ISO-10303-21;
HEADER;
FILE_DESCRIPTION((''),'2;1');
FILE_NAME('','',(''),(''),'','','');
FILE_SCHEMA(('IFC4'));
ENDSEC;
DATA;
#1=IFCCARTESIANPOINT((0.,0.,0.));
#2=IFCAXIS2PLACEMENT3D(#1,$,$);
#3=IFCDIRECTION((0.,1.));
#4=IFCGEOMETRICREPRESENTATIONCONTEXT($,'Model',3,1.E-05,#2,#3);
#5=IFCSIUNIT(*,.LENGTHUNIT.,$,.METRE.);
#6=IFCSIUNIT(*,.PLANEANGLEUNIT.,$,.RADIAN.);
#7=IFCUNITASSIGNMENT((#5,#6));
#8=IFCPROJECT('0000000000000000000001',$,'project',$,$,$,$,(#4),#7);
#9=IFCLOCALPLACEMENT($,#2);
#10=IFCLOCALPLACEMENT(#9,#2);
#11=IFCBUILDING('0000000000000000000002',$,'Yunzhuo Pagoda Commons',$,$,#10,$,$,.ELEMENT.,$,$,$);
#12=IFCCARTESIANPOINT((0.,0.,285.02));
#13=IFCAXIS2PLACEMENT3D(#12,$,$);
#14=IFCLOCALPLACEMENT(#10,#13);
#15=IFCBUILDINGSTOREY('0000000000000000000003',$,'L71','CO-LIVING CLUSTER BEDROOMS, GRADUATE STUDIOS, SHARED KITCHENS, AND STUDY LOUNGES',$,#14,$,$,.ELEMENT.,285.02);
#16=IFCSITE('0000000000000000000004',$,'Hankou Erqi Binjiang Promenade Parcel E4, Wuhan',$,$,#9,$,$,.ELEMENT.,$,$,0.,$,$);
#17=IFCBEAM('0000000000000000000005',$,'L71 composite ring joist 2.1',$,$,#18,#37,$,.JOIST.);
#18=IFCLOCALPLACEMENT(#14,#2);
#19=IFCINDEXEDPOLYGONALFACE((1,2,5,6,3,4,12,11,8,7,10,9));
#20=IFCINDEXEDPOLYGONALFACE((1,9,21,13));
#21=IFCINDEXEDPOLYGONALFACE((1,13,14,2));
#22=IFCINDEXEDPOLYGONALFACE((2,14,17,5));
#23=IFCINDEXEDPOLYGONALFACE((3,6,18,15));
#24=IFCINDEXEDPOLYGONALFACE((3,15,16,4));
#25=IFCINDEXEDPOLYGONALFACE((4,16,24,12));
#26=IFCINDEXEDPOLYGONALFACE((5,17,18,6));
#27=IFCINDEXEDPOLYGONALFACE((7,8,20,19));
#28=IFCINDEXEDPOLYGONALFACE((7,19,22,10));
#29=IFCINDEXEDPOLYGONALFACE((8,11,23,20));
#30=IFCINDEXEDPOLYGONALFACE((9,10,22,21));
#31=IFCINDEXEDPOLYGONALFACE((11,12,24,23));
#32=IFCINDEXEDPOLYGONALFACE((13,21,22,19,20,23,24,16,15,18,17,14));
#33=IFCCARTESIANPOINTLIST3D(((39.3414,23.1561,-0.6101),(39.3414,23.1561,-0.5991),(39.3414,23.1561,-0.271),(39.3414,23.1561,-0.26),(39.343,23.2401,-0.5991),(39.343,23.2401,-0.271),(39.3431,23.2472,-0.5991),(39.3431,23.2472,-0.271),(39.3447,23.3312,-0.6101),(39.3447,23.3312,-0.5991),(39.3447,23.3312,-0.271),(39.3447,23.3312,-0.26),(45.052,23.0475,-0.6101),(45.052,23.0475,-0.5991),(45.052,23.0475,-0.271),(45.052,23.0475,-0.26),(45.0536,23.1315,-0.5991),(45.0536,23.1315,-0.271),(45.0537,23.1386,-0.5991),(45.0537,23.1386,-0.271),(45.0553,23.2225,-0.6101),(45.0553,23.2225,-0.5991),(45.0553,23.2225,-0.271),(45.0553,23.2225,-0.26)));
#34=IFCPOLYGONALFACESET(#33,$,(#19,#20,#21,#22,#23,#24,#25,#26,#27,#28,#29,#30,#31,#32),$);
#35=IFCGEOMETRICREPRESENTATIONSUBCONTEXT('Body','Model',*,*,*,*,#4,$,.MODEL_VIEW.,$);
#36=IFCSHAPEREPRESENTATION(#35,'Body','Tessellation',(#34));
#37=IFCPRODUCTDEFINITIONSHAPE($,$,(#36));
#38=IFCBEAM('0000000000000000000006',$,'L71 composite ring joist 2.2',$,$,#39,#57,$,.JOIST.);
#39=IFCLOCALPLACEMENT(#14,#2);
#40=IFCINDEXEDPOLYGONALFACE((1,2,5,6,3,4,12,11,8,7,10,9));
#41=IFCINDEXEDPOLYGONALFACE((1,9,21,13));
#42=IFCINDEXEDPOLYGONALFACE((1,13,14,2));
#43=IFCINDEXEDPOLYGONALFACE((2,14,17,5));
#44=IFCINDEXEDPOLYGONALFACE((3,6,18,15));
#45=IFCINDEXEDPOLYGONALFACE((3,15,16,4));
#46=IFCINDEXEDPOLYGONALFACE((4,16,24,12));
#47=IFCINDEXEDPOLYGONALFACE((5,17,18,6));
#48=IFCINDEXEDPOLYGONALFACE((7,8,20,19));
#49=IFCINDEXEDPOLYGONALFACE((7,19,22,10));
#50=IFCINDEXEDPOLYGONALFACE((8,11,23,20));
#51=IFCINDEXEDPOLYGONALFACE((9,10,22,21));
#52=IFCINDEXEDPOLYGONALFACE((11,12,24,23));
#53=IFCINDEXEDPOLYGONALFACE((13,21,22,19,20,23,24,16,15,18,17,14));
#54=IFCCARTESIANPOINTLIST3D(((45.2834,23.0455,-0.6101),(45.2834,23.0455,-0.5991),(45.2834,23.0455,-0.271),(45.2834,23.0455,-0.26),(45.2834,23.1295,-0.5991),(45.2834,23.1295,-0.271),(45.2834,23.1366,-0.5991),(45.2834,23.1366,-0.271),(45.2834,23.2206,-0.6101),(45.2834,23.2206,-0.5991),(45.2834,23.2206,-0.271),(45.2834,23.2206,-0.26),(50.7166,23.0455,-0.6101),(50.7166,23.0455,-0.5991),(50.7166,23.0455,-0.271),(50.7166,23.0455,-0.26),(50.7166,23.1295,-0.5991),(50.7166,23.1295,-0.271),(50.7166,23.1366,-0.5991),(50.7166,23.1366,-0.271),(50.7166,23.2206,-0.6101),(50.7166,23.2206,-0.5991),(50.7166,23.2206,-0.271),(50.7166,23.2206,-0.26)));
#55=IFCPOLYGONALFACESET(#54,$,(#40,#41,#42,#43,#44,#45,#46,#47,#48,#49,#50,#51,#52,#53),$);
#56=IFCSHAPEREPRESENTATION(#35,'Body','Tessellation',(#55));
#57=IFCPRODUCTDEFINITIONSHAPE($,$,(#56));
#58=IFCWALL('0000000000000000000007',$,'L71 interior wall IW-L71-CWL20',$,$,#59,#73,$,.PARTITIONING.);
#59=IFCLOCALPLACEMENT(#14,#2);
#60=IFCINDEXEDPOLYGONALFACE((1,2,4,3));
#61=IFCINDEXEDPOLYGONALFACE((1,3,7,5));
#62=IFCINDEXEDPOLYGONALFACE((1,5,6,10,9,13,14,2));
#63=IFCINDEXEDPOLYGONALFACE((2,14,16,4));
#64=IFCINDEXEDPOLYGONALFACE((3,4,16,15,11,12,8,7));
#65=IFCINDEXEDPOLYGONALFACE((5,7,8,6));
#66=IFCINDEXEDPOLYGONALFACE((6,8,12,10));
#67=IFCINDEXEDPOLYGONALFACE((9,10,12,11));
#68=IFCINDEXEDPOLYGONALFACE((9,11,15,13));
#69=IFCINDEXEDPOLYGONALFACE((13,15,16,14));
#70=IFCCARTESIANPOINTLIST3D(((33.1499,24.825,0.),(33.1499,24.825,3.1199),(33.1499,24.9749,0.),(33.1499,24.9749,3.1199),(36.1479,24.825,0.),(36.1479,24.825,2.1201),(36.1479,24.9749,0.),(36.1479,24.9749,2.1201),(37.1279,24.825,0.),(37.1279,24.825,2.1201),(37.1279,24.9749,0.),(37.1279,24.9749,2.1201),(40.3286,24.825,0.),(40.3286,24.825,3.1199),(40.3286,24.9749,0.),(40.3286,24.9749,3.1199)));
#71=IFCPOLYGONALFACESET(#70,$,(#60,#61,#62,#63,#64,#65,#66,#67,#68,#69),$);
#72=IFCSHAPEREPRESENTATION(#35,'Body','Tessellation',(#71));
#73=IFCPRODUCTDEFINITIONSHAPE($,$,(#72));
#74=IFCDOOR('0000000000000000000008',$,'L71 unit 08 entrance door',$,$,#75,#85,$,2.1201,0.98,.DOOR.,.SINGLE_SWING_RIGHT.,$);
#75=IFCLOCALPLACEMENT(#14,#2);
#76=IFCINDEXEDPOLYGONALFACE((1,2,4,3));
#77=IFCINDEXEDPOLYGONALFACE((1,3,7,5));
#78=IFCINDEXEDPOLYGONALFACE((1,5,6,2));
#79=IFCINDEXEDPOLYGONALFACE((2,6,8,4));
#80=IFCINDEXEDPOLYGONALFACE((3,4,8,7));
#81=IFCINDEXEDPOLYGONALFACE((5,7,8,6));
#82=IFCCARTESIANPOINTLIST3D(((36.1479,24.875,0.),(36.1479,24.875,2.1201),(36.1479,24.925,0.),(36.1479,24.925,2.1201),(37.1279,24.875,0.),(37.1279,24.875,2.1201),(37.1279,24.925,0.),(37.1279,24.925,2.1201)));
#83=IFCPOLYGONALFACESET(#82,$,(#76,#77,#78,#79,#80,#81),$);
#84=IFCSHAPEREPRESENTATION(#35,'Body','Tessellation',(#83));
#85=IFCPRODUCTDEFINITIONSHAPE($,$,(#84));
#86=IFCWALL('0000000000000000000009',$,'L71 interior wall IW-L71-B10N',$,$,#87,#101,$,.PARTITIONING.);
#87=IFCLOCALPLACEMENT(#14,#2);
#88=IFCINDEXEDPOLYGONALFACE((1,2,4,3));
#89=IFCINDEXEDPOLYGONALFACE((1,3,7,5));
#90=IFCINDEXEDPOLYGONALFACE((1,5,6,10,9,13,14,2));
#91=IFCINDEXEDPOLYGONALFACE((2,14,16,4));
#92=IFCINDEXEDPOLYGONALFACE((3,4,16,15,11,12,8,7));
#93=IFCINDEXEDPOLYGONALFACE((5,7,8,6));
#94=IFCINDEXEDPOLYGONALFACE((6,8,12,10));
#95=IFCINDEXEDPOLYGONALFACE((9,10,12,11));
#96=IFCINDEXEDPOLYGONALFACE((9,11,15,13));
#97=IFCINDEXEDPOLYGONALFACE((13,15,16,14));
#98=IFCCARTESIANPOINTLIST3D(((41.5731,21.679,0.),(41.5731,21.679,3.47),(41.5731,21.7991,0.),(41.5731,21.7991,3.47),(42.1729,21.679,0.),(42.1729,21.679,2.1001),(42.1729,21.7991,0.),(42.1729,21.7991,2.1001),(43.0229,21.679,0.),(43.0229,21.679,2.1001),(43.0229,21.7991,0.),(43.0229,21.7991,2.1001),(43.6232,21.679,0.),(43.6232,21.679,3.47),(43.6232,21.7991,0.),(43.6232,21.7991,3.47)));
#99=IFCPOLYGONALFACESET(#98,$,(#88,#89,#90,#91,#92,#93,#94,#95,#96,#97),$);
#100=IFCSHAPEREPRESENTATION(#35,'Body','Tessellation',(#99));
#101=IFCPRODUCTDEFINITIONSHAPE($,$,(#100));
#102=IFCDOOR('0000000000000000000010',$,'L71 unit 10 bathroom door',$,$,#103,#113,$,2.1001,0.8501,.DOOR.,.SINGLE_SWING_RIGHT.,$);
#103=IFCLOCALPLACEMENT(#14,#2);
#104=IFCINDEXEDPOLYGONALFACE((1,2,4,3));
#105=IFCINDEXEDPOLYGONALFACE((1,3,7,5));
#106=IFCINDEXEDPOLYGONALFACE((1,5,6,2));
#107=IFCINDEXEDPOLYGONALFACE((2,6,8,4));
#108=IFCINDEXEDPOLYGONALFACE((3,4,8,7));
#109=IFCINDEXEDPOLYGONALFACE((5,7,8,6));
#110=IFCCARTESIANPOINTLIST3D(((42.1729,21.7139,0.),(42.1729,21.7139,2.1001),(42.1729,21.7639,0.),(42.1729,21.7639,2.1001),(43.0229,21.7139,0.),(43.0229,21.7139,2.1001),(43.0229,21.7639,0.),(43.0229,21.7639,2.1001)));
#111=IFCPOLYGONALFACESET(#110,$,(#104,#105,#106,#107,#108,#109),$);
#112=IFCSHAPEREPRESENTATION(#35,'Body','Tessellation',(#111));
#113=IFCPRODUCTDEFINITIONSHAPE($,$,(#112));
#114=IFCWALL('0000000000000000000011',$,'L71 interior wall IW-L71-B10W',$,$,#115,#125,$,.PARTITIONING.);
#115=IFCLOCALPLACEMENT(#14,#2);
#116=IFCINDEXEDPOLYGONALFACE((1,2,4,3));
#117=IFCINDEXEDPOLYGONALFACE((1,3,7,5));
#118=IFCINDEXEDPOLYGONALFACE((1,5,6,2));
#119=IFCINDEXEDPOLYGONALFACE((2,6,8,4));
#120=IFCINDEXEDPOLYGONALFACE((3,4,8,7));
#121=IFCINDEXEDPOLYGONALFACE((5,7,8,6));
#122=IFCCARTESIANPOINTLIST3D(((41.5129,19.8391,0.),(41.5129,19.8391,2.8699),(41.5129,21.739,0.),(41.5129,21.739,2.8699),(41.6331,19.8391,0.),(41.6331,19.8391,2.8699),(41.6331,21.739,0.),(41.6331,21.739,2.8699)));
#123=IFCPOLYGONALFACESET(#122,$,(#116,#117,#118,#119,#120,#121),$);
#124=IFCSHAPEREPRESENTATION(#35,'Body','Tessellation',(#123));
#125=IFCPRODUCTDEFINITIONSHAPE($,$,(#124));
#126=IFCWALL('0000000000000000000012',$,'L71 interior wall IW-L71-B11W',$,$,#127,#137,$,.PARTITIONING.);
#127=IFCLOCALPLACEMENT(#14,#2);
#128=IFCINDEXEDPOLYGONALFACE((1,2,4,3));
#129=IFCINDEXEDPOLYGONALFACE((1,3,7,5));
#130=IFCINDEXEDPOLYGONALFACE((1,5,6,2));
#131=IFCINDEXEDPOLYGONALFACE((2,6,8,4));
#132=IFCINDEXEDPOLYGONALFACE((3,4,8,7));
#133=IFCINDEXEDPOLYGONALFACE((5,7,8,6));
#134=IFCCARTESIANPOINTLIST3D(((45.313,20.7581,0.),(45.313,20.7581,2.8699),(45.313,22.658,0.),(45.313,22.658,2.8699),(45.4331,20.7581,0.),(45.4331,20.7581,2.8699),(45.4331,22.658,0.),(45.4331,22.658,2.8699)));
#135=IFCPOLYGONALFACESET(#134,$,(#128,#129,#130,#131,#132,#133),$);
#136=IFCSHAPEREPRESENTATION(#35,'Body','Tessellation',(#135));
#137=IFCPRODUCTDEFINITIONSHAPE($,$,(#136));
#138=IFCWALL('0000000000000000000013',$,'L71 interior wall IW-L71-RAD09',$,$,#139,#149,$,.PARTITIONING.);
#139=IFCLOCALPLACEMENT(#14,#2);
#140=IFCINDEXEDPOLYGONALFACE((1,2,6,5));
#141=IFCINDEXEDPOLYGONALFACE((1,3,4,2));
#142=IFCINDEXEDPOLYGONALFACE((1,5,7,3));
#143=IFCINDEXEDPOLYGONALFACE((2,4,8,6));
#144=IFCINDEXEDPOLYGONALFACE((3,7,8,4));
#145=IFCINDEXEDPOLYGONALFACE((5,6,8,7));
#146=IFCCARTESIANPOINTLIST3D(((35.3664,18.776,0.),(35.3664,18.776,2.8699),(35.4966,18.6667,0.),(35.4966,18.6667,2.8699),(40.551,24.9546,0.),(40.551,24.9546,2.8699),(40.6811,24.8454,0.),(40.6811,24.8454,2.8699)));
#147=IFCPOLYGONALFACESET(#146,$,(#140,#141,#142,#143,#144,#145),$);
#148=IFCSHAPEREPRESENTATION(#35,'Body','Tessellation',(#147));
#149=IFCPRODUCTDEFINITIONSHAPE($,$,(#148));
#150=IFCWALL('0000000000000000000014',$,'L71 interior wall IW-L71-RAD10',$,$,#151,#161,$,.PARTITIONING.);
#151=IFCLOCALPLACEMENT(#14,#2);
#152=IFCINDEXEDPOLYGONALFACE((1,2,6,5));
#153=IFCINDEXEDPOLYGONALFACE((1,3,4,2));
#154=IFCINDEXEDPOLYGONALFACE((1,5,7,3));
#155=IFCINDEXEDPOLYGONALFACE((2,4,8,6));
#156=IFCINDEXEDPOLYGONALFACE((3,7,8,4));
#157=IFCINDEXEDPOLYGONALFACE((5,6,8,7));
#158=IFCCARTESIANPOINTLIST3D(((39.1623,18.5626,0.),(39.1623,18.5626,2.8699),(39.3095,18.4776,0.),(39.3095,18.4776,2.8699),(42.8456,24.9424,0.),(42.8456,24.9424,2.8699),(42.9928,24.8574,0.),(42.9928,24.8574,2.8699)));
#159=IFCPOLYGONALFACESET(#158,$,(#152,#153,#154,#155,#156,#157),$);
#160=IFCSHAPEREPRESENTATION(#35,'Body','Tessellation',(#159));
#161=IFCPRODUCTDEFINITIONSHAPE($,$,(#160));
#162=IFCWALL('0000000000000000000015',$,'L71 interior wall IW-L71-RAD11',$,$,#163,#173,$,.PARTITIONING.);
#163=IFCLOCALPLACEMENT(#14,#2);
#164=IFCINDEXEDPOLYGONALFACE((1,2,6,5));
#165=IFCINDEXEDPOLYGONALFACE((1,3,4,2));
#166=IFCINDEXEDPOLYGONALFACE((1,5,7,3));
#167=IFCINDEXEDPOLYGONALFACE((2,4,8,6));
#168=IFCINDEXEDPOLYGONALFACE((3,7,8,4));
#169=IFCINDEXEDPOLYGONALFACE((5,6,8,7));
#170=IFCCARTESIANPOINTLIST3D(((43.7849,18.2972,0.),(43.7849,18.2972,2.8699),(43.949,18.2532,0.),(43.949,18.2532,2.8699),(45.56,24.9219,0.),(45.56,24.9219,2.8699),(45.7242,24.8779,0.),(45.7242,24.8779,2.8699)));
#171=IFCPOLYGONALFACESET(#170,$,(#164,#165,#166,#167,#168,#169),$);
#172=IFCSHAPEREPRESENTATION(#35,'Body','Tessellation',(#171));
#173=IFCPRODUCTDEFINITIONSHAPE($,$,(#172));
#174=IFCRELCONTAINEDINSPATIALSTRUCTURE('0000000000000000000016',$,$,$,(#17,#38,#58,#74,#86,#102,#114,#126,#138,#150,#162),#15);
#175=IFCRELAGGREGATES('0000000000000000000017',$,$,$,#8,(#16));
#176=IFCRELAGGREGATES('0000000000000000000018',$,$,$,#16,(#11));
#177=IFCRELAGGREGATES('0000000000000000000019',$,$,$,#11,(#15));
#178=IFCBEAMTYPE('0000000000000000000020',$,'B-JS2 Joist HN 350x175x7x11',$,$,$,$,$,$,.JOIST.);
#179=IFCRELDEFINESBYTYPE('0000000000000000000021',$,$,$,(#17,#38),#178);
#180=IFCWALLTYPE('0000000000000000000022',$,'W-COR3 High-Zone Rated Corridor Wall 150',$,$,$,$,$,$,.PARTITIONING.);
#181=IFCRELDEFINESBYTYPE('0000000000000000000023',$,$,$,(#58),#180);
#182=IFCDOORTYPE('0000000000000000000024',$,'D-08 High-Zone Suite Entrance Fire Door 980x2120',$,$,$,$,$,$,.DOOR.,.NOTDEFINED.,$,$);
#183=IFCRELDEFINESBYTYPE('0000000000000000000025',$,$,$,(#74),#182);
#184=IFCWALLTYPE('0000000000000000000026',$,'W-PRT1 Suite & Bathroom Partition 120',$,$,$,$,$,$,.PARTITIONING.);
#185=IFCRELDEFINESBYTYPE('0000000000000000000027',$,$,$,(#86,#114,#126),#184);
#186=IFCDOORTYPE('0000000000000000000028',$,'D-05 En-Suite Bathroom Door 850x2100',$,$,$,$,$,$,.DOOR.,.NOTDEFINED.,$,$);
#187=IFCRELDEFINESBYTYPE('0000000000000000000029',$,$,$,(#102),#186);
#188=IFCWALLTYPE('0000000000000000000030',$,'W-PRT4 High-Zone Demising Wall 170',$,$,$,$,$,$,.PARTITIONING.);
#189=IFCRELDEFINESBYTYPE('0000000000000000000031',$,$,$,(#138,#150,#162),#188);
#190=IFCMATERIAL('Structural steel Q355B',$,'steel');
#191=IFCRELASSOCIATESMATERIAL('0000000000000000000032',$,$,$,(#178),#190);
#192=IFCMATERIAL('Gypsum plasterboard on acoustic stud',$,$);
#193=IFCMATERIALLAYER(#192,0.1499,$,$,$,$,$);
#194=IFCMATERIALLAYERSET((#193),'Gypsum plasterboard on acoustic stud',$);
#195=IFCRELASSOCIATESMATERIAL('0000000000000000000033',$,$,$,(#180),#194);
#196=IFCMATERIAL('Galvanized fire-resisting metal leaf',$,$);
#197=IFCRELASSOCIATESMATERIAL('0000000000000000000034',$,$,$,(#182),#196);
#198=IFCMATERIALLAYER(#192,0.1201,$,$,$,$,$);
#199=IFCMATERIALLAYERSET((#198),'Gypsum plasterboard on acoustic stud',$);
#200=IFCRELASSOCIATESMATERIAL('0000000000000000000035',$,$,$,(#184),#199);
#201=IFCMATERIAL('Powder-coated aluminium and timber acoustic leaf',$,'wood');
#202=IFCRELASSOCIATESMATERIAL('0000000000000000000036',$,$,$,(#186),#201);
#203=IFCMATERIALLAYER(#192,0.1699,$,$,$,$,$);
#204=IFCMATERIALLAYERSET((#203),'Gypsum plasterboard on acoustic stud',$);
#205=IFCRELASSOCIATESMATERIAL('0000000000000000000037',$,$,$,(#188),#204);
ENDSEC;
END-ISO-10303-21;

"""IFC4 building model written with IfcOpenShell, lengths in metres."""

from ifc_helpers import new_model, si_unit, direction, frame, frame_2d, origin, origin_with_axes, origin_2d, place, context, subcontext, project, spatial, rectangle, i_section, extrude, source, transform, mapped, material, layer, layer_set, material_profile, profile_set, type_object, element, fill, save


model = new_model("IFC4")

# Units and contexts
model_context = context("Model", 3, precision=1e-05, world=origin(), true_north=direction((0.0, 1.0)))
body_context = subcontext(model_context, "Body", "Model", "MODEL_VIEW")
ifc_project = project(units=[si_unit("LENGTHUNIT", "METRE"), si_unit("PLANEANGLEUNIT", "RADIAN")], contexts=[model_context])

# Site, building, storey
site_placement = place(None, origin())
site = spatial("IfcSite", under=ifc_project, at=site_placement, Name="Hankou Erqi Binjiang Promenade Parcel E4, Wuhan", CompositionType="ELEMENT", RefElevation=0.0)
building_placement = place(site_placement, origin())
building = spatial("IfcBuilding", under=site, at=building_placement, Name="Yunzhuo Pagoda Commons", CompositionType="ELEMENT")
storey_placement = place(building_placement, frame((0.0, 0.0, 285.02)))
storey = spatial("IfcBuildingStorey", under=building, at=storey_placement, Name="L71", Description="CO-LIVING CLUSTER BEDROOMS, GRADUATE STUDIOS, SHARED KITCHENS, AND STUDY LOUNGES", CompositionType="ELEMENT", Elevation=285.02)

# Beams
ifc_material_1 = material(Name="Structural steel Q355B", Category="steel")
ifc_material_profile = material_profile(ifc_material_1, i_section(OverallWidth=0.175, OverallDepth=0.3501, WebThickness=0.0071, FlangeThickness=0.011, at=origin_2d()), Name="Structural steel Q355B")
ifc_profile_set = profile_set([ifc_material_profile], Name="Structural steel Q355B")
beam_type = type_object("IfcBeamType", Name="B-JS2 Joist HN 350x175x7x11", PredefinedType="JOIST", material=ifc_profile_set)
shared_shape_1 = source(origin(), body_context, "Body", "SweptSolid", [
    extrude(i_section(OverallWidth=0.175, OverallDepth=0.3501, WebThickness=0.0071, FlangeThickness=0.011, at=origin_2d()), origin(), (0.0, 0.0, 1.0), 5.7117),
])
beam_1_placement = place(storey_placement, frame((39.343, 23.2437, -0.4351), z_axis=(0.999819, -0.019021, 0.0), x_axis=(0.019021, 0.999819, 0.0)))
element("IfcBeam", 1, at=beam_1_placement, inside=storey, type_object=beam_type, Name="L71 composite ring joist 2.1", PredefinedType="JOIST", context=body_context, shape_type="MappedRepresentation", body=[
    mapped(shared_shape_1, transform((0.0, 0.0, 0.0), scale=1.0)),
])
shared_shape_2 = source(origin(), body_context, "Body", "SweptSolid", [
    extrude(i_section(OverallWidth=0.175, OverallDepth=0.3501, WebThickness=0.0071, FlangeThickness=0.011, at=origin_2d()), origin(), (0.0, 0.0, 1.0), 5.4331),
])
beam_2_placement = place(storey_placement, frame((45.2834, 23.1331, -0.4351), z_axis=(1.0, 0.0, 0.0), x_axis=(0.0, 1.0, 0.0)))
element("IfcBeam", 2, at=beam_2_placement, inside=storey, type_object=beam_type, Name="L71 composite ring joist 2.2", PredefinedType="JOIST", context=body_context, shape_type="MappedRepresentation", body=[
    mapped(shared_shape_2, transform((0.0, 0.0, 0.0), scale=1.0)),
])

# Walls, openings, doors
ifc_material_2 = material(Name="Gypsum plasterboard on acoustic stud")
ifc_layer_1 = layer(ifc_material_2, 0.1499)
ifc_layer_set_1 = layer_set([ifc_layer_1], Name="Gypsum plasterboard on acoustic stud")
wall_type_1 = type_object("IfcWallType", Name="W-COR3 High-Zone Rated Corridor Wall 150", PredefinedType="PARTITIONING", material=ifc_layer_set_1)
ifc_material_3 = material(Name="Galvanized fire-resisting metal leaf")
door_type_1 = type_object("IfcDoorType", Name="D-08 High-Zone Suite Entrance Fire Door 980x2120", OperationType="NOTDEFINED", PredefinedType="DOOR", material=ifc_material_3)
shared_shape_3 = source(origin(), body_context, "Body", "SweptSolid", [
    extrude(rectangle(XDim=0.98, YDim=2.1201, at=frame_2d((0.49, 1.0601))), frame((0.0, 0.0249, 0.0), z_axis=(0.0, -1.0, 0.0), x_axis=(1.0, 0.0, 0.0)), (0.0, 0.0, 1.0), 0.05),
])
wall_1_placement = place(storey_placement, frame((40.3286, 24.8999, 0.0), z_axis=(0.0, 0.0, 1.0), x_axis=(-1.0, 0.0, 0.0)))
wall_1 = element("IfcWall", 3, at=wall_1_placement, inside=storey, type_object=wall_type_1, Name="L71 interior wall IW-L71-CWL20", PredefinedType="PARTITIONING", context=body_context, shape_type="SweptSolid", body=[
    extrude(rectangle(XDim=7.1787, YDim=0.1499, at=frame_2d((3.5894, 0.0))), origin(), (0.0, 0.0, 1.0), 3.1199),
])
opening_1_placement = place(wall_1_placement, frame((3.2007, 0.0, 0.0)))
opening_1 = element("IfcOpeningElement", 4, at=opening_1_placement, cuts=wall_1, PredefinedType="OPENING", context=body_context, shape_type="SweptSolid", body=[
    extrude(rectangle(XDim=0.98, YDim=2.1201, at=frame_2d((0.49, 1.0601))), frame((0.0, 0.085, 0.0), z_axis=(0.0, -1.0, 0.0), x_axis=(1.0, 0.0, 0.0)), (0.0, 0.0, 1.0), 0.1699),
])
door_1_placement = place(opening_1_placement, origin_with_axes())
door_1 = element("IfcDoor", 5, at=door_1_placement, inside=storey, type_object=door_type_1, Name="L71 unit 08 entrance door", OperationType="SINGLE_SWING_RIGHT", OverallHeight=2.1201, OverallWidth=0.98, PredefinedType="DOOR", context=body_context, shape_type="MappedRepresentation", body=[
    mapped(shared_shape_3, transform((0.0, 0.0, 0.0), scale=1.0)),
])
fill(opening_1, door_1)
ifc_layer_2 = layer(ifc_material_2, 0.1201)
ifc_layer_set_2 = layer_set([ifc_layer_2], Name="Gypsum plasterboard on acoustic stud")
wall_type_2 = type_object("IfcWallType", Name="W-PRT1 Suite & Bathroom Partition 120", PredefinedType="PARTITIONING", material=ifc_layer_set_2)
wall_2_placement = place(storey_placement, frame((43.623, 21.739, 0.0), z_axis=(0.0, 0.0, 1.0), x_axis=(-1.0, 0.0, 0.0)))
wall_2 = element("IfcWall", 6, at=wall_2_placement, inside=storey, type_object=wall_type_2, Name="L71 interior wall IW-L71-B10N", PredefinedType="PARTITIONING", context=body_context, shape_type="SweptSolid", body=[
    extrude(rectangle(XDim=2.05, YDim=0.1201, at=frame_2d((1.0249, 0.0))), origin(), (0.0, 0.0, 1.0), 3.47),
])
opening_2_placement = place(wall_2_placement, frame((0.6001, 0.0, 0.0)))
opening_2 = element("IfcOpeningElement", 7, at=opening_2_placement, cuts=wall_2, PredefinedType="OPENING", context=body_context, shape_type="SweptSolid", body=[
    extrude(rectangle(XDim=0.8501, YDim=2.1001, at=frame_2d((0.425, 1.05))), frame((0.0, 0.0701, 0.0), z_axis=(0.0, -1.0, 0.0), x_axis=(1.0, 0.0, 0.0)), (0.0, 0.0, 1.0), 0.1401),
])
ifc_material_4 = material(Name="Powder-coated aluminium and timber acoustic leaf", Category="wood")
door_type_2 = type_object("IfcDoorType", Name="D-05 En-Suite Bathroom Door 850x2100", OperationType="NOTDEFINED", PredefinedType="DOOR", material=ifc_material_4)
shared_shape_4 = source(origin(), body_context, "Body", "SweptSolid", [
    extrude(rectangle(XDim=0.8501, YDim=2.1001, at=frame_2d((0.425, 1.05))), frame((0.0, 0.0249, 0.0), z_axis=(0.0, -1.0, 0.0), x_axis=(1.0, 0.0, 0.0)), (0.0, 0.0, 1.0), 0.05),
])
door_2_placement = place(opening_2_placement, frame((0.8501, 0.0, 0.0), z_axis=(0.0, 0.0, 1.0), x_axis=(-1.0, 0.0, 0.0)))
door_2 = element("IfcDoor", 8, at=door_2_placement, inside=storey, type_object=door_type_2, Name="L71 unit 10 bathroom door", OperationType="SINGLE_SWING_RIGHT", OverallHeight=2.1001, OverallWidth=0.8501, PredefinedType="DOOR", context=body_context, shape_type="MappedRepresentation", body=[
    mapped(shared_shape_4, transform((0.0, 0.0, 0.0), scale=1.0)),
])
fill(opening_2, door_2)

# Walls
for number, where, z_axis, x_axis, name in (
    (9, (41.573, 21.739, 0.0), (0.0, 0.0, 1.0), (0.0, -1.0, 0.0), "L71 interior wall IW-L71-B10W"),
    (10, (45.373, 22.658, 0.0), (0.0, 0.0, 1.0), (0.0, -1.0, 0.0), "L71 interior wall IW-L71-B11W"),
):
    element("IfcWall", number, at=place(storey_placement, frame(where, z_axis=z_axis, x_axis=x_axis)), inside=storey, type_object=wall_type_2, Name=name, PredefinedType="PARTITIONING", context=body_context, shape_type="SweptSolid", body=[
        extrude(rectangle(XDim=1.8999, YDim=0.1201, at=frame_2d((0.95, 0.0))), origin(), (0.0, 0.0, 1.0), 2.8699),
    ])
ifc_layer_3 = layer(ifc_material_2, 0.1699)
ifc_layer_set_3 = layer_set([ifc_layer_3], Name="Gypsum plasterboard on acoustic stud")
wall_type_3 = type_object("IfcWallType", Name="W-PRT4 High-Zone Demising Wall 170", PredefinedType="PARTITIONING", material=ifc_layer_set_3)
wall_3_placement = place(storey_placement, frame((40.616, 24.8999, 0.0), z_axis=(0.0, 0.0, 1.0), x_axis=(-0.642789, -0.766043, 0.0)))
element("IfcWall", 11, at=wall_3_placement, inside=storey, type_object=wall_type_3, Name="L71 interior wall IW-L71-RAD09", PredefinedType="PARTITIONING", context=body_context, shape_type="SweptSolid", body=[
    extrude(rectangle(XDim=8.0657, YDim=0.1699, at=frame_2d((4.0327, 0.0))), origin(), (0.0, 0.0, 1.0), 2.8699),
])
wall_4_placement = place(storey_placement, frame((42.9192, 24.8999, 0.0), z_axis=(0.0, 0.0, 1.0), x_axis=(-0.499992, -0.86603, 0.0)))
element("IfcWall", 12, at=wall_4_placement, inside=storey, type_object=wall_type_3, Name="L71 interior wall IW-L71-RAD10", PredefinedType="PARTITIONING", context=body_context, shape_type="SweptSolid", body=[
    extrude(rectangle(XDim=7.3667, YDim=0.1699, at=frame_2d((3.6833, 0.0))), origin(), (0.0, 0.0, 1.0), 2.8699),
])
wall_5_placement = place(storey_placement, frame((45.6421, 24.8999, 0.0), z_axis=(0.0, 0.0, 1.0), x_axis=(-0.258826, -0.965924, 0.0)))
element("IfcWall", 13, at=wall_5_placement, inside=storey, type_object=wall_type_3, Name="L71 interior wall IW-L71-RAD11", PredefinedType="PARTITIONING", context=body_context, shape_type="SweptSolid", body=[
    extrude(rectangle(XDim=6.8584, YDim=0.1699, at=frame_2d((3.4292, 0.0))), origin(), (0.0, 0.0, 1.0), 2.8699),
])

save(model, "model.ifc")
